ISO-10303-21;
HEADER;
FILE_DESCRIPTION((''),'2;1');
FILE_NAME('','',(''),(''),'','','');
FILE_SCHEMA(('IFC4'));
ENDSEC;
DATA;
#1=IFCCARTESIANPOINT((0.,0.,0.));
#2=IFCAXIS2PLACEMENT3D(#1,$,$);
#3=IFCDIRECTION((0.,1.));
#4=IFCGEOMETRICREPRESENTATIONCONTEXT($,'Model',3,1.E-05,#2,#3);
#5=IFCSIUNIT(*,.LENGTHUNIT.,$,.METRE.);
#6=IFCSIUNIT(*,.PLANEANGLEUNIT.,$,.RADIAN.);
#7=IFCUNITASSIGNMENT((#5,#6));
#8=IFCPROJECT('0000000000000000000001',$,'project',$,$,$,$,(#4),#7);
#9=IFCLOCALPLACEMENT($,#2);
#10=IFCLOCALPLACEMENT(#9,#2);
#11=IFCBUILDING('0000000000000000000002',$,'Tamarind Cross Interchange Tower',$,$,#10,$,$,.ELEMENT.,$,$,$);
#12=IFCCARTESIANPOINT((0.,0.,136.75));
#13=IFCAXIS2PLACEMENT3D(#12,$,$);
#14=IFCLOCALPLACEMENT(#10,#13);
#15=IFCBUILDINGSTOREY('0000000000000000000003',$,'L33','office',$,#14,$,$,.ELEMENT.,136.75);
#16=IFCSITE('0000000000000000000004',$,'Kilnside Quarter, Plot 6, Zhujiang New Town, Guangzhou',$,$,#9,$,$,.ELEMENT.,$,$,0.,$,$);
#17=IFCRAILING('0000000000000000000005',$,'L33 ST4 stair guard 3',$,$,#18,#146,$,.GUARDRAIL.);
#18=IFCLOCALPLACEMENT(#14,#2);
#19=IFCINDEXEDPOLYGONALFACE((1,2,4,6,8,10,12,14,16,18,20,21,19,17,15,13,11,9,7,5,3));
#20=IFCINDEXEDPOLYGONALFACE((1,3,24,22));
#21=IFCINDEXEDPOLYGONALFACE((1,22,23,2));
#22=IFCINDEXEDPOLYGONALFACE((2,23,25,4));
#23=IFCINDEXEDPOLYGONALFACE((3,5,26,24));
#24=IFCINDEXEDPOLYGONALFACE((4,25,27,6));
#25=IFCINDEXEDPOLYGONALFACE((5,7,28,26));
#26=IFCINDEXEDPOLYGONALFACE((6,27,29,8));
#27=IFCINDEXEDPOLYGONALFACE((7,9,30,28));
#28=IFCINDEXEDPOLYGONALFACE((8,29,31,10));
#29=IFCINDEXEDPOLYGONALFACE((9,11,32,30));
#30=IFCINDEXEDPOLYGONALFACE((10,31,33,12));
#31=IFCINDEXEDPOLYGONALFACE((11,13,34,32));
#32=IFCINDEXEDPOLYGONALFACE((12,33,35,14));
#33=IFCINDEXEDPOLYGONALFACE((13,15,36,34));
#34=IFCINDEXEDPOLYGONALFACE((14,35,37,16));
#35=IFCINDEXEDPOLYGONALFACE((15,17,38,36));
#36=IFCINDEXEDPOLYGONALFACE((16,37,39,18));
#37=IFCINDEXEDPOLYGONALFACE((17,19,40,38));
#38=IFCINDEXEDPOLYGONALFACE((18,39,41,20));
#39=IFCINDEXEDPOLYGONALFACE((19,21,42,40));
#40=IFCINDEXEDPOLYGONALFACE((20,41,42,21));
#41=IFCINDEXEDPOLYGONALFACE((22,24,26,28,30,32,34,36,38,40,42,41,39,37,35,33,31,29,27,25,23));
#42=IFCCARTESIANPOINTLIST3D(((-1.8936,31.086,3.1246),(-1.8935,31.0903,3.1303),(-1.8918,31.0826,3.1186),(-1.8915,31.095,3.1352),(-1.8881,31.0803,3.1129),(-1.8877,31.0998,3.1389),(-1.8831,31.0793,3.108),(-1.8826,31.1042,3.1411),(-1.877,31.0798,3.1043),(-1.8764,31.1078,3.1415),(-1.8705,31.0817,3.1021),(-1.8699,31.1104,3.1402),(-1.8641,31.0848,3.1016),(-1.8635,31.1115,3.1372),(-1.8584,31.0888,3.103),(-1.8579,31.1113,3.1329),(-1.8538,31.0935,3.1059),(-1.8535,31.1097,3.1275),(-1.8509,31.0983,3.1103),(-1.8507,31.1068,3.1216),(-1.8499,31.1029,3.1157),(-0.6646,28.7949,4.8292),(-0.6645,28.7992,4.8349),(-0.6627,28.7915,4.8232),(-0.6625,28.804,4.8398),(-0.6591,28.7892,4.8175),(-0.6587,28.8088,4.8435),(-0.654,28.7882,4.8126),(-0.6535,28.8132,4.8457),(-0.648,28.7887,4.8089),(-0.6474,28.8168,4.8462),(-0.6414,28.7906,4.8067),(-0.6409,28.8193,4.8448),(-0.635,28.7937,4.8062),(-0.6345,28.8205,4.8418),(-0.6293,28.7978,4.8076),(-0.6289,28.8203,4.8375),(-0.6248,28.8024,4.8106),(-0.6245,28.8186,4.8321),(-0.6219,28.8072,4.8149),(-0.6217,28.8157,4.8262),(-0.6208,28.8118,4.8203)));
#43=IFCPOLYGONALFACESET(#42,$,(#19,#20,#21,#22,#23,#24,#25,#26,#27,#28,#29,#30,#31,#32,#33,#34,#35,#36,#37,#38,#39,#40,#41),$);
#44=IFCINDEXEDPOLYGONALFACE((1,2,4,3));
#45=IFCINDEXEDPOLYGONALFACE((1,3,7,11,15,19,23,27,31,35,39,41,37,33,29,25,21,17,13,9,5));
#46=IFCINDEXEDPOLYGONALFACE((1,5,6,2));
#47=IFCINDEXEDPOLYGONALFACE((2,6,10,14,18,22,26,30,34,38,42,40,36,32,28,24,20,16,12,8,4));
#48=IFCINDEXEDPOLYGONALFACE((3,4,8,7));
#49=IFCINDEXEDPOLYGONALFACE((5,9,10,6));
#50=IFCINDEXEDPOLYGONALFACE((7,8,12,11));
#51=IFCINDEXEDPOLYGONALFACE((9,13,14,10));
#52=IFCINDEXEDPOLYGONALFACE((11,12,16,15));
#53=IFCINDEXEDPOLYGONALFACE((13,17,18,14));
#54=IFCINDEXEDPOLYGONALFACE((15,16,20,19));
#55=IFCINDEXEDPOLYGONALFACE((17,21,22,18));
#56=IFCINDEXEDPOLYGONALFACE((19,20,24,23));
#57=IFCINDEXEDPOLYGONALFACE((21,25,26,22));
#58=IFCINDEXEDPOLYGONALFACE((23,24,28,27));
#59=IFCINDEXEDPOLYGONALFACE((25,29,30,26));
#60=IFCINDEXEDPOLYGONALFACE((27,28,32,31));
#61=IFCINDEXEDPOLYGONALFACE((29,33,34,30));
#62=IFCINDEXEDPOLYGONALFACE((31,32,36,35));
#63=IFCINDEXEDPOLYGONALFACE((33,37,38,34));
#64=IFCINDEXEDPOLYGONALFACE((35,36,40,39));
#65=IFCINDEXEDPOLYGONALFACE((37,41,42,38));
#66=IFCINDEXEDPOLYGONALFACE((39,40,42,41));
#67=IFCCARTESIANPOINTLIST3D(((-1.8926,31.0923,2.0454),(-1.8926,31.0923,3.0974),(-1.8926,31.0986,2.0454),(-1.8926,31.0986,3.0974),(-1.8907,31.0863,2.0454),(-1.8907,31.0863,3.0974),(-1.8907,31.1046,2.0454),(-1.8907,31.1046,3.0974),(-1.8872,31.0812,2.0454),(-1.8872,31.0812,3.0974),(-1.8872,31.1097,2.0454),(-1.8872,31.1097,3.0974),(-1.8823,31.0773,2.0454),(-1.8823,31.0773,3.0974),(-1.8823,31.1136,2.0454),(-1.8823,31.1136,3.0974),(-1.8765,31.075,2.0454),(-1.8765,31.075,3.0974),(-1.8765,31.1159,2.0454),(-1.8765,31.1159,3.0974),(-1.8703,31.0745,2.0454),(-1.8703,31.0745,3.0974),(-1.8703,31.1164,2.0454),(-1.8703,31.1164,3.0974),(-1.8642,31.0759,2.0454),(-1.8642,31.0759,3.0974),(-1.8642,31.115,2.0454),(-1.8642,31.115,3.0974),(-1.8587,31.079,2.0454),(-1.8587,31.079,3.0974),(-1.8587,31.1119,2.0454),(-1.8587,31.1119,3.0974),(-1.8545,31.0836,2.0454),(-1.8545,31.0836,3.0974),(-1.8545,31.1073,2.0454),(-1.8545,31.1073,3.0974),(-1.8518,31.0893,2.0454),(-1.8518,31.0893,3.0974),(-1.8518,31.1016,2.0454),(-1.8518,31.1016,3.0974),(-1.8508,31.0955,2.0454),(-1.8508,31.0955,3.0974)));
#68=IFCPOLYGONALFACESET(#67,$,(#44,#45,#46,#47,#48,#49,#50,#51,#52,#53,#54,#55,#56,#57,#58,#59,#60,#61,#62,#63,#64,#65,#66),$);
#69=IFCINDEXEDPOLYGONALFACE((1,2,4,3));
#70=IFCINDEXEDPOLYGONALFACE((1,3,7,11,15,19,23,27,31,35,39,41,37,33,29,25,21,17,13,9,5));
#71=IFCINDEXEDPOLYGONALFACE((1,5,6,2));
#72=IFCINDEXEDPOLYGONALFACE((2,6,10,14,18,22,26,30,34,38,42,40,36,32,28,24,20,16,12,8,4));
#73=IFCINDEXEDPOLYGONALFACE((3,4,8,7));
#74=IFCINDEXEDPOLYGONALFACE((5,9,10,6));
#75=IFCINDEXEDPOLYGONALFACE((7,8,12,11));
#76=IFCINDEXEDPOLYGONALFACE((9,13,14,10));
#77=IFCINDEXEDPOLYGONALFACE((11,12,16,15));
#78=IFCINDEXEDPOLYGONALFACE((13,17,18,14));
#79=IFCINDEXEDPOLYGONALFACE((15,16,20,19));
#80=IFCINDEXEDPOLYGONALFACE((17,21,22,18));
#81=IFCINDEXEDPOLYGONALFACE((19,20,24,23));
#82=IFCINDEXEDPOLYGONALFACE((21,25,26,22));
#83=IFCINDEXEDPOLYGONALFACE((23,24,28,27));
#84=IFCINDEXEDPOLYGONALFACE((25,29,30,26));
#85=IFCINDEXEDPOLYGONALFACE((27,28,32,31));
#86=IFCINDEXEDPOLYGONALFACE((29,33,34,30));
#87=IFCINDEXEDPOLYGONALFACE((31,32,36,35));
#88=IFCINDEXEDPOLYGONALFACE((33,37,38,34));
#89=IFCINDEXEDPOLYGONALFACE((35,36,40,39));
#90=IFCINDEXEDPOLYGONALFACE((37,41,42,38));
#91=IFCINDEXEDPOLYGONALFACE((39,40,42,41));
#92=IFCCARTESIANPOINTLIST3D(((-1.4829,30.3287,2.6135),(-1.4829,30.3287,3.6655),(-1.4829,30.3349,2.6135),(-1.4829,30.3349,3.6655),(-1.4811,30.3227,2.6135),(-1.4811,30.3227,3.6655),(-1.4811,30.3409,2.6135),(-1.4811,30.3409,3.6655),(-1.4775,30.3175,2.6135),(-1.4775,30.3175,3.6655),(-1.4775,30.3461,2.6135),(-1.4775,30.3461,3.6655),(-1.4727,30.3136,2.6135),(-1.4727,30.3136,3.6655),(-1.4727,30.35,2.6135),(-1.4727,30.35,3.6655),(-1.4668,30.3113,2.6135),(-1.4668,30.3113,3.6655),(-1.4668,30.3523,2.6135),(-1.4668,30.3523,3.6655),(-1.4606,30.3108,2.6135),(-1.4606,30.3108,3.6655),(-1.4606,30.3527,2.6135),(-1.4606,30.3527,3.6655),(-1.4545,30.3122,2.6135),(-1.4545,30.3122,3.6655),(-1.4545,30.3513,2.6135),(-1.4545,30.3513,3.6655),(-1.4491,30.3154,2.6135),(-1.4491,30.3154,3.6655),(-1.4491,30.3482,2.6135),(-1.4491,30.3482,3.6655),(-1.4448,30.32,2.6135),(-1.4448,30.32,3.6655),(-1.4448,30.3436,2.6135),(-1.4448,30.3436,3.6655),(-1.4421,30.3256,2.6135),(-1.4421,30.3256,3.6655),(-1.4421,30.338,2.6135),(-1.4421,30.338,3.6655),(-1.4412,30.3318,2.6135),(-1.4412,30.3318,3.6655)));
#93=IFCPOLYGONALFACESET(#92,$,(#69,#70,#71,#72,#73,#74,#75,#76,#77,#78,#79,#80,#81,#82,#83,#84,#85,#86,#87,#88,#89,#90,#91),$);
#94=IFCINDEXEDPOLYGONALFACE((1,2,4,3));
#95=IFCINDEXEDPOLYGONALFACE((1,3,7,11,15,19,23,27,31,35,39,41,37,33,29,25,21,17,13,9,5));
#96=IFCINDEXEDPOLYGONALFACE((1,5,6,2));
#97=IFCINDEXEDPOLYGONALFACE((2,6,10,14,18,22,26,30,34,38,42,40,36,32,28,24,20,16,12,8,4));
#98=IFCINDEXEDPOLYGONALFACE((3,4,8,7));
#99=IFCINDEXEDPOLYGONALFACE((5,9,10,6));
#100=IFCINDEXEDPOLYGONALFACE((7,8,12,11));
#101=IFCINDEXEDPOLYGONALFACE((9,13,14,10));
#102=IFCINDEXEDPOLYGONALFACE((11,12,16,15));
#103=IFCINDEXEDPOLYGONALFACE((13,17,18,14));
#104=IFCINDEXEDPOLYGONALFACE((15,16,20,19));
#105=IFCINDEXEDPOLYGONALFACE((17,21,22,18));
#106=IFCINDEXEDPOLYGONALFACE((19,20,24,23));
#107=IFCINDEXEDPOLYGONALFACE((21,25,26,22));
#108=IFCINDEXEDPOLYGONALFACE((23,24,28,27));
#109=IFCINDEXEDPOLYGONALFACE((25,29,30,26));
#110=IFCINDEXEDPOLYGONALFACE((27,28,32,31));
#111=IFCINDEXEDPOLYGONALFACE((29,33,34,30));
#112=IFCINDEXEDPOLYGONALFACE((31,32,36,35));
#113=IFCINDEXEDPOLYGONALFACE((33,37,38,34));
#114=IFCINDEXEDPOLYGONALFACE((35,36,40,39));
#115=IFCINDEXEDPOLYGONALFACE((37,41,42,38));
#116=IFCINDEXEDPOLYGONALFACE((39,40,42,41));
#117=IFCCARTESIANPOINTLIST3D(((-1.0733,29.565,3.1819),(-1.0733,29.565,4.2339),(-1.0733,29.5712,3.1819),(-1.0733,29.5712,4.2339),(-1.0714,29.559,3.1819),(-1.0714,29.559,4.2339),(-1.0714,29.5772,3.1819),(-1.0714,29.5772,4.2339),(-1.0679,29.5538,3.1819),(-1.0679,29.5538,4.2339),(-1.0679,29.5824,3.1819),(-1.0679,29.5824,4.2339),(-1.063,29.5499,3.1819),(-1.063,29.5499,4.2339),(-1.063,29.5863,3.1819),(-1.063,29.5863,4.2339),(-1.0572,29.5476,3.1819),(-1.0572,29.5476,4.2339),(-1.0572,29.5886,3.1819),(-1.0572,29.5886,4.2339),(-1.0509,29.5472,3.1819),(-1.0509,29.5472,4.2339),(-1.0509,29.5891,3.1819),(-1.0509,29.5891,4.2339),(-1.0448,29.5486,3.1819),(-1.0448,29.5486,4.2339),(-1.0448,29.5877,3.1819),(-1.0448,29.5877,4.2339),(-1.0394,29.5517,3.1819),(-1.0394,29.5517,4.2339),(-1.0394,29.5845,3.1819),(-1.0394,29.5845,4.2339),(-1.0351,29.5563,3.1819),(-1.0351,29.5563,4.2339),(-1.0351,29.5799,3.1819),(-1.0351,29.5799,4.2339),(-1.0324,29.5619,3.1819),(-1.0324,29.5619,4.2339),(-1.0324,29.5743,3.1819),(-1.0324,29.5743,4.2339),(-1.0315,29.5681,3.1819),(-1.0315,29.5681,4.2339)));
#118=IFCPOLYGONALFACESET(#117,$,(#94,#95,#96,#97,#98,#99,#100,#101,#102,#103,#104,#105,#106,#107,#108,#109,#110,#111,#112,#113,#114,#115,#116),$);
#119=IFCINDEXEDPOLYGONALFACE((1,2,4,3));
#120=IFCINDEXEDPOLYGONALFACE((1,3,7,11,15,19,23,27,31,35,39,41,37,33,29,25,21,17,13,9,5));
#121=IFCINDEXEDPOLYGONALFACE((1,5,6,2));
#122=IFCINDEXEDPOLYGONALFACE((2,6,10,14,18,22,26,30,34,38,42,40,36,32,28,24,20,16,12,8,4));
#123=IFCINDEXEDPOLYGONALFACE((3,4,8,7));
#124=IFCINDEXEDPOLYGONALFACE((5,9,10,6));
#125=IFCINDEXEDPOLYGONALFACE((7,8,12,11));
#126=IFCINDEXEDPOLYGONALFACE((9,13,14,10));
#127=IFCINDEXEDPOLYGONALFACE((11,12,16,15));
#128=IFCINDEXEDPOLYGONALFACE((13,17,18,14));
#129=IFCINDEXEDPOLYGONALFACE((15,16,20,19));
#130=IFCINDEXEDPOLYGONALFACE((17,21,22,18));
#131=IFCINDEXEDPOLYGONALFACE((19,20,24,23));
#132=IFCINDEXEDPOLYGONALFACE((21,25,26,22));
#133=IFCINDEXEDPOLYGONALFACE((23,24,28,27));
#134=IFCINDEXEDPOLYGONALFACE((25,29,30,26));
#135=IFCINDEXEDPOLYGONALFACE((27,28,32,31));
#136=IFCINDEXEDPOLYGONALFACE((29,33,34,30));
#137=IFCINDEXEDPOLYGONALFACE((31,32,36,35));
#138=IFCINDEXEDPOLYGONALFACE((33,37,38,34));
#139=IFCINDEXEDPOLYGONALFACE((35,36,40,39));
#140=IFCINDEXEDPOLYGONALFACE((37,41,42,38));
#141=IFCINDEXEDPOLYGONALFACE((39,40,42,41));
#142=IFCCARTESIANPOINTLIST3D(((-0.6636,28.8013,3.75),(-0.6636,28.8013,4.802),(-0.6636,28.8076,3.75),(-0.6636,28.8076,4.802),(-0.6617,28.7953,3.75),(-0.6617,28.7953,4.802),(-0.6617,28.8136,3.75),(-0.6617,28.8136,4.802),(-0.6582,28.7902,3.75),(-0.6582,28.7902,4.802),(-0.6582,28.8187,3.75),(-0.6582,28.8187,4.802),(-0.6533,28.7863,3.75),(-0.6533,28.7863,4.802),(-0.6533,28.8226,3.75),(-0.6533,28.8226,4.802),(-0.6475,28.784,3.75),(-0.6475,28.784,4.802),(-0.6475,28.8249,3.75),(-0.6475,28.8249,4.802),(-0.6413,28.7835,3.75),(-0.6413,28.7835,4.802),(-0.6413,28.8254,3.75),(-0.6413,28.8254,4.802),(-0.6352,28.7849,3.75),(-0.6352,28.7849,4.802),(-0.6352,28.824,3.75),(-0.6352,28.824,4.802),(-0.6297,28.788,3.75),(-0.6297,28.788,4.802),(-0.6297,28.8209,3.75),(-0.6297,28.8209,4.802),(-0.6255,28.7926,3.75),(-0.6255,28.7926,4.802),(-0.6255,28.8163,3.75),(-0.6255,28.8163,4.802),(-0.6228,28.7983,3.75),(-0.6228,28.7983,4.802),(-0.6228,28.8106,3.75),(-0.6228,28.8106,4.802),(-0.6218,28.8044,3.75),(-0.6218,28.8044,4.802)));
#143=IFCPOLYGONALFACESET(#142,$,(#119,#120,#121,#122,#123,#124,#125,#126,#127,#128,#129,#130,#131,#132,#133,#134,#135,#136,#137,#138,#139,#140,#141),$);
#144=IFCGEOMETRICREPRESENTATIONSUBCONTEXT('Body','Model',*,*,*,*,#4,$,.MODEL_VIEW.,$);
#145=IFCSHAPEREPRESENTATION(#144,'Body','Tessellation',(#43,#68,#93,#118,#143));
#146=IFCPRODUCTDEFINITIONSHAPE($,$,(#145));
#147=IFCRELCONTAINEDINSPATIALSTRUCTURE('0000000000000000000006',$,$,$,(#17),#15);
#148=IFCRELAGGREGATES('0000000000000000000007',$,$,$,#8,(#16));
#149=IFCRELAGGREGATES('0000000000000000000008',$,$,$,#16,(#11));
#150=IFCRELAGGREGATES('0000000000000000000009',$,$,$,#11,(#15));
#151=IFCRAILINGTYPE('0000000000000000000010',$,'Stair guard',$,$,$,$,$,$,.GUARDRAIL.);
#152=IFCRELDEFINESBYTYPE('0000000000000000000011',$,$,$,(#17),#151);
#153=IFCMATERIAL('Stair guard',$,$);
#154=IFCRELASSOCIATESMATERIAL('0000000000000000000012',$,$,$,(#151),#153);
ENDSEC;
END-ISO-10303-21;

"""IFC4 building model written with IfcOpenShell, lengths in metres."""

from ifc_helpers import new_model, si_unit, direction, frame, origin, origin_2d, place, context, subcontext, project, spatial, circle, extrude, material, type_object, element, save


model = new_model("IFC4")

# Units and contexts
model_context = context("Model", 3, precision=1e-05, world=origin(), true_north=direction((0.0, 1.0)))
body_context = subcontext(model_context, "Body", "Model", "MODEL_VIEW")
ifc_project = project(units=[si_unit("LENGTHUNIT", "METRE"), si_unit("PLANEANGLEUNIT", "RADIAN")], contexts=[model_context])

# Site, building, storey
site_placement = place(None, origin())
site = spatial("IfcSite", under=ifc_project, at=site_placement, Name="Kilnside Quarter, Plot 6, Zhujiang New Town, Guangzhou", CompositionType="ELEMENT", RefElevation=0.0)
building_placement = place(site_placement, origin())
building = spatial("IfcBuilding", under=site, at=building_placement, Name="Tamarind Cross Interchange Tower", CompositionType="ELEMENT")
storey_placement = place(building_placement, frame((0.0, 0.0, 136.75)))
storey = spatial("IfcBuildingStorey", under=building, at=storey_placement, Name="L33", Description="office", CompositionType="ELEMENT", Elevation=136.75)

# Railing
ifc_material_1 = material(Name="Stair guard")
railing_type = type_object("IfcRailingType", Name="Stair guard", PredefinedType="GUARDRAIL", material=ifc_material_1)
railing_1_placement = place(storey_placement, frame((-1.8718, 31.0955, 2.0454)))
element("IfcRailing", 1, at=railing_1_placement, inside=storey, type_object=railing_type, Name="L33 ST4 stair guard 3", PredefinedType="GUARDRAIL", context=body_context, shape_type="SweptSolid", body=[
    extrude(circle(Radius=0.0239, at=origin_2d()), frame((0.0, 0.0, 1.0762), z_axis=(0.395327, -0.736938, 0.548306), x_axis=(0.881212, 0.472722, 0.0)), (0.0, 0.0, 1.0), 3.1089),
    extrude(circle(Radius=0.021, at=origin_2d()), origin(), (0.0, 0.0, 1.0), 1.052),
    extrude(circle(Radius=0.021, at=origin_2d()), frame((0.4097, -0.7637, 0.5681)), (0.0, 0.0, 1.0), 1.052),
    extrude(circle(Radius=0.021, at=origin_2d()), frame((0.8193, -1.5273, 1.1365)), (0.0, 0.0, 1.0), 1.052),
    extrude(circle(Radius=0.021, at=origin_2d()), frame((1.229, -2.291, 1.7046)), (0.0, 0.0, 1.0), 1.052),
])

save(model, "model.ifc")
